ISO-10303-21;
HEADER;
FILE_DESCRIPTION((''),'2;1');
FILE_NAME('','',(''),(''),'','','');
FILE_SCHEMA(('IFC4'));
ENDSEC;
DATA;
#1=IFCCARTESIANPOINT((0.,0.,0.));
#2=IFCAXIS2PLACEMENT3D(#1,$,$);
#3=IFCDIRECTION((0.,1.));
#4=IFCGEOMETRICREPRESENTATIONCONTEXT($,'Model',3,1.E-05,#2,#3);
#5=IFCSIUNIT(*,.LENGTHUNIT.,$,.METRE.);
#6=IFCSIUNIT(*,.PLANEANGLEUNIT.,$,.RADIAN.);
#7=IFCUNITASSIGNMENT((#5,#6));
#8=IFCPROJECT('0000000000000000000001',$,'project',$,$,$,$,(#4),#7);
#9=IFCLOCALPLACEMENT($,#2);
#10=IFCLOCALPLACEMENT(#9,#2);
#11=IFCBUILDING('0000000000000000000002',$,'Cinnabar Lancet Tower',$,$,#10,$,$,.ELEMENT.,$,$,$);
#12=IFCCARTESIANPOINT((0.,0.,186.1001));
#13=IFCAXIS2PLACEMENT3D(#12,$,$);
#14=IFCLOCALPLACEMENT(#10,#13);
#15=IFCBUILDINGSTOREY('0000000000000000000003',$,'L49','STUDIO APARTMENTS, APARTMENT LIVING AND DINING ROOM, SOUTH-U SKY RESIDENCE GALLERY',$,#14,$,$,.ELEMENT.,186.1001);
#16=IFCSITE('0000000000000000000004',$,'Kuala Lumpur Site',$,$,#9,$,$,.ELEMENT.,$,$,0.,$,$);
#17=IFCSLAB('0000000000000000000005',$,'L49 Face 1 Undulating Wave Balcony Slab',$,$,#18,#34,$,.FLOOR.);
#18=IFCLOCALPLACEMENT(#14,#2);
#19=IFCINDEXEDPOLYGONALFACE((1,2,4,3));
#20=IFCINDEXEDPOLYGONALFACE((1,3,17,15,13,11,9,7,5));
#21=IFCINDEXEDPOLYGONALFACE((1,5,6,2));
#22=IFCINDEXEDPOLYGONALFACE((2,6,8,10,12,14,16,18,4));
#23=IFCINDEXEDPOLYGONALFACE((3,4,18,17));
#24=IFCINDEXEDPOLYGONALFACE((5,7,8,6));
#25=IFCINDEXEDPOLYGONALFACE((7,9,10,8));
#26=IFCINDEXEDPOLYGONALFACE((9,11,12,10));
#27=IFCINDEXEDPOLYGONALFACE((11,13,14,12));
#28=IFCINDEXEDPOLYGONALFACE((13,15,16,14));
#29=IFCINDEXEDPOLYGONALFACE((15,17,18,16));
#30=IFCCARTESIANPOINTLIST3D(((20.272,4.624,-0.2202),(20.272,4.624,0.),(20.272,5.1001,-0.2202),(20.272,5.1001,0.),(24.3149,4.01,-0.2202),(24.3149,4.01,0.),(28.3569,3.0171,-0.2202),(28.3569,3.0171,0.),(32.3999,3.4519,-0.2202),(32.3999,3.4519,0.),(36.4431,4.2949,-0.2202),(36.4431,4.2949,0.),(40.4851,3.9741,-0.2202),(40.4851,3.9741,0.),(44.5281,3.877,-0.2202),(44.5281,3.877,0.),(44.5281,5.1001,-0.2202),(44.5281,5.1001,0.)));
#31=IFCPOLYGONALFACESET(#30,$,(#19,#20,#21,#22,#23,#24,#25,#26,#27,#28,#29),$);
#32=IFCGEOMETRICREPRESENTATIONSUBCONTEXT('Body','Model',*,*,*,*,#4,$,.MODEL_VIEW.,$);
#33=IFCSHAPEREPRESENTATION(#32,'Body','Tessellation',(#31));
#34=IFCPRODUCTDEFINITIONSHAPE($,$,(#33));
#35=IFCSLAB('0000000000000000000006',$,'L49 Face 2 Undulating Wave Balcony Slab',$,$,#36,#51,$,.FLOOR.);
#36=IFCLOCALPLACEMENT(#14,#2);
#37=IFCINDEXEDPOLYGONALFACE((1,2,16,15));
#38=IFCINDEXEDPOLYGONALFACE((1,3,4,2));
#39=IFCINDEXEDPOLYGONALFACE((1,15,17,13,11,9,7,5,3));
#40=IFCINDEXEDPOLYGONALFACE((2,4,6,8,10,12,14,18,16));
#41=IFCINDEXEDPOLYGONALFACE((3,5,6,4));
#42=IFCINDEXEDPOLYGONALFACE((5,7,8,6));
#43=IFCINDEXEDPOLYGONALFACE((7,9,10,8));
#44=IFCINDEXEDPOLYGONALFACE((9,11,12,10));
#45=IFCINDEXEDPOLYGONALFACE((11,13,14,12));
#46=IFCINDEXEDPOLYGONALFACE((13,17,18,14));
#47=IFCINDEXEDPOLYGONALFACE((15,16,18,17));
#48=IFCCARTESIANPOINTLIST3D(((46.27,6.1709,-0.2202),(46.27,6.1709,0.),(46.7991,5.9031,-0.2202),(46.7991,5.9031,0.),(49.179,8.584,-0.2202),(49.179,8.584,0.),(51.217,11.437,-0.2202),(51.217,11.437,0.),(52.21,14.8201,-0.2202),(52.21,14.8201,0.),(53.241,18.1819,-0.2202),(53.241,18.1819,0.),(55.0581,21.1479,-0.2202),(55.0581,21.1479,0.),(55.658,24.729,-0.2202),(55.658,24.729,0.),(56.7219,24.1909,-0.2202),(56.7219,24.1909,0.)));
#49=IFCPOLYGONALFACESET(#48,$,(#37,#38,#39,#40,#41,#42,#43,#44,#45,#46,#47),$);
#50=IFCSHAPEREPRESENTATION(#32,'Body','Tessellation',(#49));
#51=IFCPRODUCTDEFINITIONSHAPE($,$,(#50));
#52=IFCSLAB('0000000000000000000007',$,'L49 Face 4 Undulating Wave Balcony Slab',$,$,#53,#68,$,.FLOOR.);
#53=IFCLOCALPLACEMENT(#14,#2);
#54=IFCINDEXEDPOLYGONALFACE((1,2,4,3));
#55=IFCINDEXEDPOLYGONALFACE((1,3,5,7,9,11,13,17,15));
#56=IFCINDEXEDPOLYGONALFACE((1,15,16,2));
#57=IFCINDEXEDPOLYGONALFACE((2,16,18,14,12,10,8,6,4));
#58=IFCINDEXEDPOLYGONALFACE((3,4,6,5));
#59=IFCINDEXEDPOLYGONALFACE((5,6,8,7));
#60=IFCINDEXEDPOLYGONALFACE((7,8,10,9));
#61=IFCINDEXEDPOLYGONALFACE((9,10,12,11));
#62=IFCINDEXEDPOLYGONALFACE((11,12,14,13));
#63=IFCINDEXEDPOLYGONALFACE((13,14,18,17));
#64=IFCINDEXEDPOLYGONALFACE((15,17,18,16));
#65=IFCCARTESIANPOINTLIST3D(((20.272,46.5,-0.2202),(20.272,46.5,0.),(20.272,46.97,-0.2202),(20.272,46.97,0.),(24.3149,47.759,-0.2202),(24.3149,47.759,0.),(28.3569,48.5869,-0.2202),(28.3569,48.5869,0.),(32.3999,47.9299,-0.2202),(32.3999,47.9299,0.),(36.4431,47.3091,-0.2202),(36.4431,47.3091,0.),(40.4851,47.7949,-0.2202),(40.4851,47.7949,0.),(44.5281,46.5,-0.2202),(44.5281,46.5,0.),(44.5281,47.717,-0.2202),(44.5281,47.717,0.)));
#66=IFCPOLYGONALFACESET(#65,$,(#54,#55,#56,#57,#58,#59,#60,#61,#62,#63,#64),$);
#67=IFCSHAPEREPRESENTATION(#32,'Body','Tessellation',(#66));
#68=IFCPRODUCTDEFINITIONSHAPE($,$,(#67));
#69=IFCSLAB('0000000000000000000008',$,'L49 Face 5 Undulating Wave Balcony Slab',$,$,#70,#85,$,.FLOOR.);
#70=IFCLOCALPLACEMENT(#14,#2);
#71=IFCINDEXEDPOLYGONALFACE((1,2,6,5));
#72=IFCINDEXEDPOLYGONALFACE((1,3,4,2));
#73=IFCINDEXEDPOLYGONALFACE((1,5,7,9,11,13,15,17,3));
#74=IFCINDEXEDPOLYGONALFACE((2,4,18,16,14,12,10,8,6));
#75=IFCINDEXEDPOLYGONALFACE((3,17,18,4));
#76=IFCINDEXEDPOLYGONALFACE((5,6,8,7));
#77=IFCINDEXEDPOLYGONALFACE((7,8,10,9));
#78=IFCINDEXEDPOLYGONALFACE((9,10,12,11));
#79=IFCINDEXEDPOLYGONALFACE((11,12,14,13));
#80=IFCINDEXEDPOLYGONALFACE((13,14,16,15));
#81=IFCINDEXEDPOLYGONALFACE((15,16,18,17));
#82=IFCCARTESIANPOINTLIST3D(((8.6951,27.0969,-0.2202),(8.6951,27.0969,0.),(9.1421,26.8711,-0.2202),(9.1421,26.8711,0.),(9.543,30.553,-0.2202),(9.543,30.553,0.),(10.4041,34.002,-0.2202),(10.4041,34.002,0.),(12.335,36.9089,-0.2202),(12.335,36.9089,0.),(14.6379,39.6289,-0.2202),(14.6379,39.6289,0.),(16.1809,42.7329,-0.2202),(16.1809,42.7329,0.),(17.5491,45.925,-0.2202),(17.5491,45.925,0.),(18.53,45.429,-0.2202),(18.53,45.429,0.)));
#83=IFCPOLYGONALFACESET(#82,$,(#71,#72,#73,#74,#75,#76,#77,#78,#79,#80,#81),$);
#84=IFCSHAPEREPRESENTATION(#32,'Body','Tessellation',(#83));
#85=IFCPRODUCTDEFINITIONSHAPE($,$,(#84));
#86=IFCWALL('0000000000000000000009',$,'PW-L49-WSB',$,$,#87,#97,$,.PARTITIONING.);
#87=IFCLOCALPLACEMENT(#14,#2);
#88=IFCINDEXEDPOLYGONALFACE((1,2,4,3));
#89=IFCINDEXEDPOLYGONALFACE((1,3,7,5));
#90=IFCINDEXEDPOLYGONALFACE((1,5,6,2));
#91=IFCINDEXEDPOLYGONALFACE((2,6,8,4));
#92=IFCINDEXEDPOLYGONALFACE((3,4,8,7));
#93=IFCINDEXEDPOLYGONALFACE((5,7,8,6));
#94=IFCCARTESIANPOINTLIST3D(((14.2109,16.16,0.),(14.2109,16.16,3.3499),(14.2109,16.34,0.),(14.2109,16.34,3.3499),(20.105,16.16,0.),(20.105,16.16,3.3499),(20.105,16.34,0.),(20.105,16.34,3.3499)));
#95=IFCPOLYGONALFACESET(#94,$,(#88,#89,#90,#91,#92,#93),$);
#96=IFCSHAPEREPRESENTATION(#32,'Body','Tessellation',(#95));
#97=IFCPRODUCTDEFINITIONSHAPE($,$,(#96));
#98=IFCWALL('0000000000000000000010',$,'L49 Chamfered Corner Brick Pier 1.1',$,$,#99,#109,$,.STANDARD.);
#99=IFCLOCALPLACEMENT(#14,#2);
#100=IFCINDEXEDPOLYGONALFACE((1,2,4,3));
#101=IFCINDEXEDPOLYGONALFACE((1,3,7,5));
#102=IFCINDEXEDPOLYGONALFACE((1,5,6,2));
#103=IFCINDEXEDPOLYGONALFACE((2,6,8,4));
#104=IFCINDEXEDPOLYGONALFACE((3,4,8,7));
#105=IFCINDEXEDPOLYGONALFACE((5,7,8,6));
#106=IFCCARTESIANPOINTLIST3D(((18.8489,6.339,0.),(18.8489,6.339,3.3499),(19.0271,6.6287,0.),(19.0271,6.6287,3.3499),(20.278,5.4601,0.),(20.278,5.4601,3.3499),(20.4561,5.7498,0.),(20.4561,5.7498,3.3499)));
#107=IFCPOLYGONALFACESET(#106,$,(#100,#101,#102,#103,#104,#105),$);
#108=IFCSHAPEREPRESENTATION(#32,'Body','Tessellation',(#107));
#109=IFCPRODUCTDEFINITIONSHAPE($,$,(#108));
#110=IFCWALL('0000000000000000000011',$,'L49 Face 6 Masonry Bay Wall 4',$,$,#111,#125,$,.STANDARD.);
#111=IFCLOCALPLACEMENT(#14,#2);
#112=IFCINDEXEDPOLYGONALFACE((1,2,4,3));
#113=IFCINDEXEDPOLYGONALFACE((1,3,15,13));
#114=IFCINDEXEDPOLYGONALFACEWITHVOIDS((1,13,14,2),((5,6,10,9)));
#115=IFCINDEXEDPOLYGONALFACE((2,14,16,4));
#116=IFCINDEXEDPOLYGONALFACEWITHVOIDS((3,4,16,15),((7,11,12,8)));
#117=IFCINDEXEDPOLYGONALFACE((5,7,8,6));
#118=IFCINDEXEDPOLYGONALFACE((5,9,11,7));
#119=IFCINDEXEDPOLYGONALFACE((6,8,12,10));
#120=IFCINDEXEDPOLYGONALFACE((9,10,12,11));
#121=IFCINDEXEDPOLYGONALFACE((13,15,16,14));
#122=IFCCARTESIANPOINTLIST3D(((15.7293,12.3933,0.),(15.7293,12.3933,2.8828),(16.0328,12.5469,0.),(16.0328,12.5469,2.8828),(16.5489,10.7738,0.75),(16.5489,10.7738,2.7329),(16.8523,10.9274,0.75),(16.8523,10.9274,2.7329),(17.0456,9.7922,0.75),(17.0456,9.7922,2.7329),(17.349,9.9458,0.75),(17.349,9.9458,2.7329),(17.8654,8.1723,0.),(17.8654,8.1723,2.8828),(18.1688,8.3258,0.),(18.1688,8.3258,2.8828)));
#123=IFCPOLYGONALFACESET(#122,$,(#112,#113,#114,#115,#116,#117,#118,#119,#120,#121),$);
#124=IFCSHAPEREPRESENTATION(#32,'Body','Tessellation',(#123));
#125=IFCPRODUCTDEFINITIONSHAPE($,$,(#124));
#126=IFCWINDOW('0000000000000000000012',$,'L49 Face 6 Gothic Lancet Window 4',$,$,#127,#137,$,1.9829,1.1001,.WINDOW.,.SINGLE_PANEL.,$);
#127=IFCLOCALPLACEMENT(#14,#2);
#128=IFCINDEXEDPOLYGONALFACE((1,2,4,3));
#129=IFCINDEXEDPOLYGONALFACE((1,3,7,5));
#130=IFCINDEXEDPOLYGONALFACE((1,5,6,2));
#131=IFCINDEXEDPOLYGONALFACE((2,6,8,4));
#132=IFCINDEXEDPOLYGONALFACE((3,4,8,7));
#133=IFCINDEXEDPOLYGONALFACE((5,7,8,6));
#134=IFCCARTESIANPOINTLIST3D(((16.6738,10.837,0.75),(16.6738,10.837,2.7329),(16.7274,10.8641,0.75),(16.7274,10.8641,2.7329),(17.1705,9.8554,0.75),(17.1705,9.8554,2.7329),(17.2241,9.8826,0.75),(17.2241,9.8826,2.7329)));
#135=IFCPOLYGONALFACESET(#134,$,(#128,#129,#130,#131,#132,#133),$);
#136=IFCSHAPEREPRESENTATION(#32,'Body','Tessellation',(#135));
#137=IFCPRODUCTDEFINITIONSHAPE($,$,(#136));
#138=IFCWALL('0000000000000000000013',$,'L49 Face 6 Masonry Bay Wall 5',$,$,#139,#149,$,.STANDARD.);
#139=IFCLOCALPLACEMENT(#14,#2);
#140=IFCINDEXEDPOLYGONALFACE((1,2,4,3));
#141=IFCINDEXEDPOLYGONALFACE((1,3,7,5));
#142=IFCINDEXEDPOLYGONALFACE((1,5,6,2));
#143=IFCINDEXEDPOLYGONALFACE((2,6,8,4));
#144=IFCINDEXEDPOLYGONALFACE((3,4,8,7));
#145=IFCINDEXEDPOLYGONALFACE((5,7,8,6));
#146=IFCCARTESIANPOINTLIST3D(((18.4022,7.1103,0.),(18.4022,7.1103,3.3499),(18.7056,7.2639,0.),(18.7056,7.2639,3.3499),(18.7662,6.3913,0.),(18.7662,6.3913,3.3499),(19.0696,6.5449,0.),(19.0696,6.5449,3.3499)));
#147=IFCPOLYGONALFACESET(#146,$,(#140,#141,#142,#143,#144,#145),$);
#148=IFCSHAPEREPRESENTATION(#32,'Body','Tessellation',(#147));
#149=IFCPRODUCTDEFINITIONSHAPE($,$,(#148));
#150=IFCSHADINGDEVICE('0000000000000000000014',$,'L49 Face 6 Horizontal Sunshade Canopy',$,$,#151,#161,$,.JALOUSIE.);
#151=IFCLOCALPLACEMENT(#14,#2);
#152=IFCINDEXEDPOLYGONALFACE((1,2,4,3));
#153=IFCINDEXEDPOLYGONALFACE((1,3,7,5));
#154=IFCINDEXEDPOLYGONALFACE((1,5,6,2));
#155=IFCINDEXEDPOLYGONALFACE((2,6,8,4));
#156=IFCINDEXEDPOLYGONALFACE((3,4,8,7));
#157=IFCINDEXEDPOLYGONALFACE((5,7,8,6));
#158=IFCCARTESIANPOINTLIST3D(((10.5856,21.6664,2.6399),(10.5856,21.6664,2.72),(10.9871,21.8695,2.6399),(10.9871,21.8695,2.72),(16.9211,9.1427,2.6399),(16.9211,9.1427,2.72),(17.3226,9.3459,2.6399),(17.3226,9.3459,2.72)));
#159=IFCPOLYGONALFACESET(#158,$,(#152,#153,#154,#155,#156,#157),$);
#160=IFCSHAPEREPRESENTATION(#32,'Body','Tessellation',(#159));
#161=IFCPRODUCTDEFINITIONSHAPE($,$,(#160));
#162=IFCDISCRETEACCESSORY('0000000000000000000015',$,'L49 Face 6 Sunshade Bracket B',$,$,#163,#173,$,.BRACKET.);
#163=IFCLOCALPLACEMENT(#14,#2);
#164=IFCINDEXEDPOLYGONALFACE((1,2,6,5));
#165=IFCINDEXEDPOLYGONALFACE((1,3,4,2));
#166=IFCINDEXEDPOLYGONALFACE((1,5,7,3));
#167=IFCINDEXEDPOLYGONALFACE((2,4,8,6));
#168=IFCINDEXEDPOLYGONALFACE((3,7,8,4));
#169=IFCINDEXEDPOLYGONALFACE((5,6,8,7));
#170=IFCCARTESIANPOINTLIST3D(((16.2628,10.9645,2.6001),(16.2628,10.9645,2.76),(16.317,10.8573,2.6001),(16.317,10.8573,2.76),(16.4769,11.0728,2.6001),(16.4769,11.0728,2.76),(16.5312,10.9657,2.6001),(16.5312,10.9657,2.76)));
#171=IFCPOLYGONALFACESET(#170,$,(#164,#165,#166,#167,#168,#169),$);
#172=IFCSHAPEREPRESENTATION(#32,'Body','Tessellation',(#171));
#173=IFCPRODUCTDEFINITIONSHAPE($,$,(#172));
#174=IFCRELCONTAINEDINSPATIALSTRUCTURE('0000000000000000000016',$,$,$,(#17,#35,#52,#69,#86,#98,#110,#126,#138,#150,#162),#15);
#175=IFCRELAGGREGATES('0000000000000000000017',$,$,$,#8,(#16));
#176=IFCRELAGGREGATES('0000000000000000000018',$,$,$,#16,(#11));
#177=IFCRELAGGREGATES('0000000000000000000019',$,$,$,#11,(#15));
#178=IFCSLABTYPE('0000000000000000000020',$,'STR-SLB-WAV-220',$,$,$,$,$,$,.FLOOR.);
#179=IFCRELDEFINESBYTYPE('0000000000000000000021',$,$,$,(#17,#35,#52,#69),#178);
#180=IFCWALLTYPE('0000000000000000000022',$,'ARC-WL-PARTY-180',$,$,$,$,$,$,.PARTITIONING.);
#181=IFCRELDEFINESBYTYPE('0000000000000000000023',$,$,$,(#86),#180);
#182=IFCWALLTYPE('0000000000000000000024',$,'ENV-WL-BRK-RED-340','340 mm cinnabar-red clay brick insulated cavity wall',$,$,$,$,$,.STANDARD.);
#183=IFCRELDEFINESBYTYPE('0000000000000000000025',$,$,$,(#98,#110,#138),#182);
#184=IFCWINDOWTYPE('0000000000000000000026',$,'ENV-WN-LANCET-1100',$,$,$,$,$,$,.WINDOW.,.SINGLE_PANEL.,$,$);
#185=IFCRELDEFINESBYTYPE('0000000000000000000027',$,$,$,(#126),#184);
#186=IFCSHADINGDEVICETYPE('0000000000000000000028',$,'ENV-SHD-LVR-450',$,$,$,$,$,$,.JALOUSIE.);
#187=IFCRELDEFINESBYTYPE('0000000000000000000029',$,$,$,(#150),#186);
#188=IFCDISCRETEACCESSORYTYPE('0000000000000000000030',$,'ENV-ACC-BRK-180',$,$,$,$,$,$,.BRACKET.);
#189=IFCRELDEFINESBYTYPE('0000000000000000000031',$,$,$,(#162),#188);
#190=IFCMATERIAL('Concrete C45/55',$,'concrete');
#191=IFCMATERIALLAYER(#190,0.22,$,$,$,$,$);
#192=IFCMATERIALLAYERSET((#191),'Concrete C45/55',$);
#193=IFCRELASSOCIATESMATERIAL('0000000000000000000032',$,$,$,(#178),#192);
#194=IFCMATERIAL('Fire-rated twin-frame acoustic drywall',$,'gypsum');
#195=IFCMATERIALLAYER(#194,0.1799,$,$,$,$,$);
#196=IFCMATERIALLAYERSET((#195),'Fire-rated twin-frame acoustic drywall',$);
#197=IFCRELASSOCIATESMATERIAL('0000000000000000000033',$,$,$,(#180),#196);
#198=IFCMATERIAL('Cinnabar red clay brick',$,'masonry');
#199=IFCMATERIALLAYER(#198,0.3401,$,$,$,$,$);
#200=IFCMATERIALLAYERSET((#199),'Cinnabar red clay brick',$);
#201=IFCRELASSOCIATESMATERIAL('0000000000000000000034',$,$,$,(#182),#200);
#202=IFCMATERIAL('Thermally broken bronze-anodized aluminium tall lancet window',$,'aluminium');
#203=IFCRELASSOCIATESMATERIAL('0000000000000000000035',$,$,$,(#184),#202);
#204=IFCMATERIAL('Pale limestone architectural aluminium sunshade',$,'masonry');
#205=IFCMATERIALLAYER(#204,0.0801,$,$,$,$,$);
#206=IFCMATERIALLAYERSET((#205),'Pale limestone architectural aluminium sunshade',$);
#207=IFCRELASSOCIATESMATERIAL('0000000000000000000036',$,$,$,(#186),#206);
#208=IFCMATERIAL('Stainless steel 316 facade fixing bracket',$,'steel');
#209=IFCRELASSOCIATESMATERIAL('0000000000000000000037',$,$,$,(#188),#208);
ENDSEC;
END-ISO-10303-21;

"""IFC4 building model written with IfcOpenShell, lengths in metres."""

from ifc_helpers import new_model, si_unit, direction, frame, frame_2d, origin, origin_2d, place, context, subcontext, project, spatial, polyline, rectangle, outline, extrude, material, layer, layer_set, type_object, element, fill, save


model = new_model("IFC4")

# Units and contexts
model_context = context("Model", 3, precision=1e-05, world=origin(), true_north=direction((0.0, 1.0)))
body_context = subcontext(model_context, "Body", "Model", "MODEL_VIEW")
ifc_project = project(units=[si_unit("LENGTHUNIT", "METRE"), si_unit("PLANEANGLEUNIT", "RADIAN")], contexts=[model_context])

# Site, building, storey
site_placement = place(None, origin())
site = spatial("IfcSite", under=ifc_project, at=site_placement, Name="Kuala Lumpur Site", CompositionType="ELEMENT", RefElevation=0.0)
building_placement = place(site_placement, origin())
building = spatial("IfcBuilding", under=site, at=building_placement, Name="Cinnabar Lancet Tower", CompositionType="ELEMENT")
storey_placement = place(building_placement, frame((0.0, 0.0, 186.1001)))
storey = spatial("IfcBuildingStorey", under=building, at=storey_placement, Name="L49", Description="STUDIO APARTMENTS, APARTMENT LIVING AND DINING ROOM, SOUTH-U SKY RESIDENCE GALLERY", CompositionType="ELEMENT", Elevation=186.1001)

# Slabs
ifc_material_1 = material(Name="Concrete C45/55", Category="concrete")
ifc_layer_1 = layer(ifc_material_1, 0.22)
ifc_layer_set_1 = layer_set([ifc_layer_1], Name="Concrete C45/55")
slab_type_1 = type_object("IfcSlabType", Name="STR-SLB-WAV-220", PredefinedType="FLOOR", material=ifc_layer_set_1)
slab_1_placement = place(storey_placement, frame((0.0, 0.0, -0.2202)))
element("IfcSlab", 1, at=slab_1_placement, inside=storey, type_object=slab_type_1, Name="L49 Face 1 Undulating Wave Balcony Slab", PredefinedType="FLOOR", context=body_context, shape_type="SweptSolid", body=[
    extrude(outline(polyline([(20.272, 5.1001), (20.272, 4.624), (24.3149, 4.01), (28.3569, 3.0171), (32.3999, 3.4519), (36.4431, 4.2949), (40.4851, 3.9741), (44.5281, 3.877), (44.5281, 5.1001), (20.272, 5.1001)])), origin(), (0.0, 0.0, 1.0), 0.2202),
])
slab_2_placement = place(storey_placement, frame((0.0, 0.0, -0.2202)))
element("IfcSlab", 2, at=slab_2_placement, inside=storey, type_object=slab_type_1, Name="L49 Face 2 Undulating Wave Balcony Slab", PredefinedType="FLOOR", context=body_context, shape_type="SweptSolid", body=[
    extrude(outline(polyline([(46.27, 6.1709), (46.7991, 5.9031), (49.179, 8.584), (51.217, 11.437), (52.21, 14.8201), (53.241, 18.1819), (55.0581, 21.1479), (56.7219, 24.1909), (55.658, 24.729), (46.27, 6.1709)])), origin(), (0.0, 0.0, 1.0), 0.2202),
])
slab_3_placement = place(storey_placement, frame((0.0, 0.0, -0.2202)))
element("IfcSlab", 3, at=slab_3_placement, inside=storey, type_object=slab_type_1, Name="L49 Face 4 Undulating Wave Balcony Slab", PredefinedType="FLOOR", context=body_context, shape_type="SweptSolid", body=[
    extrude(outline(polyline([(44.5281, 46.5), (44.5281, 47.717), (40.4851, 47.7949), (36.4431, 47.3091), (32.3999, 47.9299), (28.3569, 48.5869), (24.3149, 47.759), (20.272, 46.97), (20.272, 46.5), (44.5281, 46.5)])), origin(), (0.0, 0.0, 1.0), 0.2202),
])
slab_4_placement = place(storey_placement, frame((0.0, 0.0, -0.2202)))
element("IfcSlab", 4, at=slab_4_placement, inside=storey, type_object=slab_type_1, Name="L49 Face 5 Undulating Wave Balcony Slab", PredefinedType="FLOOR", context=body_context, shape_type="SweptSolid", body=[
    extrude(outline(polyline([(18.53, 45.429), (17.5491, 45.925), (16.1809, 42.7329), (14.6379, 39.6289), (12.335, 36.9089), (10.4041, 34.002), (9.543, 30.553), (8.6951, 27.0969), (9.1421, 26.8711), (18.53, 45.429)])), origin(), (0.0, 0.0, 1.0), 0.2202),
])

# Walls
ifc_material_2 = material(Name="Fire-rated twin-frame acoustic drywall", Category="gypsum")
ifc_layer_2 = layer(ifc_material_2, 0.1799)
ifc_layer_set_2 = layer_set([ifc_layer_2], Name="Fire-rated twin-frame acoustic drywall")
wall_type_1 = type_object("IfcWallType", Name="ARC-WL-PARTY-180", PredefinedType="PARTITIONING", material=ifc_layer_set_2)
wall_1_placement = place(storey_placement, frame((14.2109, 16.25, 0.0), z_axis=(0.0, 0.0, 1.0), x_axis=(1.0, 0.0, 0.0)))
element("IfcWall", 5, at=wall_1_placement, inside=storey, type_object=wall_type_1, Name="PW-L49-WSB", PredefinedType="PARTITIONING", context=body_context, shape_type="SweptSolid", body=[
    extrude(rectangle(XDim=5.894, YDim=0.1799, at=frame_2d((2.947, 0.0))), origin(), (0.0, 0.0, 1.0), 3.3499),
])
ifc_material_3 = material(Name="Cinnabar red clay brick", Category="masonry")
ifc_layer_3 = layer(ifc_material_3, 0.3401)
ifc_layer_set_3 = layer_set([ifc_layer_3], Name="Cinnabar red clay brick")
wall_type_2 = type_object("IfcWallType", Name="ENV-WL-BRK-RED-340", Description="340 mm cinnabar-red clay brick insulated cavity wall", PredefinedType="STANDARD", material=ifc_layer_set_3)
wall_2_placement = place(storey_placement, frame((18.938, 6.4839, 0.0), z_axis=(0.0, 0.0, 1.0), x_axis=(0.851778, -0.523903, 0.0)))
element("IfcWall", 6, at=wall_2_placement, inside=storey, type_object=wall_type_2, Name="L49 Chamfered Corner Brick Pier 1.1", PredefinedType="STANDARD", context=body_context, shape_type="SweptSolid", body=[
    extrude(rectangle(XDim=1.6777, YDim=0.3401, at=frame_2d((0.8389, 0.0))), origin(), (0.0, 0.0, 1.0), 3.3499),
])

# Wall, opening, window
wall_3_placement = place(storey_placement, frame((15.8811, 12.47, 0.0), z_axis=(0.0, 0.0, 1.0), x_axis=(0.451523, -0.89226, 0.0)))
wall_3 = element("IfcWall", 7, at=wall_3_placement, inside=storey, type_object=wall_type_2, Name="L49 Face 6 Masonry Bay Wall 4", PredefinedType="STANDARD", context=body_context, shape_type="SweptSolid", body=[
    extrude(rectangle(XDim=4.7307, YDim=0.3401, at=frame_2d((2.3652, 0.0))), origin(), (0.0, 0.0, 1.0), 2.8828),
])
opening_placement = place(wall_3_placement, frame((1.8149, 0.0, 0.75)))
opening = element("IfcOpeningElement", 8, at=opening_placement, cuts=wall_3, PredefinedType="OPENING", context=body_context, shape_type="SweptSolid", body=[
    extrude(rectangle(XDim=1.1001, YDim=1.9829, at=frame_2d((0.55, 0.9915))), frame((0.0, 0.1799, 0.0), z_axis=(0.0, -1.0, 0.0), x_axis=(1.0, 0.0, 0.0)), (0.0, 0.0, 1.0), 0.3601),
])
ifc_material_4 = material(Name="Thermally broken bronze-anodized aluminium tall lancet window", Category="aluminium")
window_type = type_object("IfcWindowType", Name="ENV-WN-LANCET-1100", PartitioningType="SINGLE_PANEL", PredefinedType="WINDOW", material=ifc_material_4)
window_placement = place(opening_placement, origin())
window = element("IfcWindow", 9, at=window_placement, inside=storey, type_object=window_type, Name="L49 Face 6 Gothic Lancet Window 4", OverallHeight=1.9829, OverallWidth=1.1001, PartitioningType="SINGLE_PANEL", PredefinedType="WINDOW", context=body_context, shape_type="SweptSolid", body=[
    extrude(rectangle(XDim=1.1001, YDim=1.9829, at=frame_2d((0.55, 0.9915))), frame((0.0, 0.03, 0.0), z_axis=(0.0, -1.0, 0.0), x_axis=(1.0, 0.0, 0.0)), (0.0, 0.0, 1.0), 0.0601),
])
fill(opening, window)

# Wall
wall_4_placement = place(storey_placement, frame((18.554, 7.187, 0.0), z_axis=(0.0, 0.0, 1.0), x_axis=(0.451692, -0.892174, 0.0)))
element("IfcWall", 10, at=wall_4_placement, inside=storey, type_object=wall_type_2, Name="L49 Face 6 Masonry Bay Wall 5", PredefinedType="STANDARD", context=body_context, shape_type="SweptSolid", body=[
    extrude(rectangle(XDim=0.8059, YDim=0.3401, at=frame_2d((0.4028, 0.0))), origin(), (0.0, 0.0, 1.0), 3.3499),
])

# Shading device
ifc_material_5 = material(Name="Pale limestone architectural aluminium sunshade", Category="masonry")
ifc_layer_4 = layer(ifc_material_5, 0.0801)
ifc_layer_set_4 = layer_set([ifc_layer_4], Name="Pale limestone architectural aluminium sunshade")
shading_device_type = type_object("IfcShadingDeviceType", Name="ENV-SHD-LVR-450", PredefinedType="JALOUSIE", material=ifc_layer_set_4)
shading_device_placement = place(storey_placement, frame((13.9541, 15.5061, 2.6399), z_axis=(0.0, 0.0, 1.0), x_axis=(0.451407, -0.892318, 0.0)))
element("IfcShadingDevice", 11, at=shading_device_placement, inside=storey, type_object=shading_device_type, Name="L49 Face 6 Horizontal Sunshade Canopy", PredefinedType="JALOUSIE", context=body_context, shape_type="SweptSolid", body=[
    extrude(rectangle(XDim=14.0349, YDim=0.45, at=origin_2d()), origin(), (0.0, 0.0, 1.0), 0.0801),
])

# Discrete accessory
ifc_material_6 = material(Name="Stainless steel 316 facade fixing bracket", Category="steel")
discrete_accessory_type = type_object("IfcDiscreteAccessoryType", Name="ENV-ACC-BRK-180", PredefinedType="BRACKET", material=ifc_material_6)
discrete_accessory_placement = place(storey_placement, frame((16.397, 10.9651, 2.6001), z_axis=(0.0, 0.0, 1.0), x_axis=(0.451407, -0.892318, 0.0)))
element("IfcDiscreteAccessory", 12, at=discrete_accessory_placement, inside=storey, type_object=discrete_accessory_type, Name="L49 Face 6 Sunshade Bracket B", PredefinedType="BRACKET", context=body_context, shape_type="SweptSolid", body=[
    extrude(rectangle(XDim=0.1201, YDim=0.24, at=origin_2d()), origin(), (0.0, 0.0, 1.0), 0.1599),
])

save(model, "model.ifc")
